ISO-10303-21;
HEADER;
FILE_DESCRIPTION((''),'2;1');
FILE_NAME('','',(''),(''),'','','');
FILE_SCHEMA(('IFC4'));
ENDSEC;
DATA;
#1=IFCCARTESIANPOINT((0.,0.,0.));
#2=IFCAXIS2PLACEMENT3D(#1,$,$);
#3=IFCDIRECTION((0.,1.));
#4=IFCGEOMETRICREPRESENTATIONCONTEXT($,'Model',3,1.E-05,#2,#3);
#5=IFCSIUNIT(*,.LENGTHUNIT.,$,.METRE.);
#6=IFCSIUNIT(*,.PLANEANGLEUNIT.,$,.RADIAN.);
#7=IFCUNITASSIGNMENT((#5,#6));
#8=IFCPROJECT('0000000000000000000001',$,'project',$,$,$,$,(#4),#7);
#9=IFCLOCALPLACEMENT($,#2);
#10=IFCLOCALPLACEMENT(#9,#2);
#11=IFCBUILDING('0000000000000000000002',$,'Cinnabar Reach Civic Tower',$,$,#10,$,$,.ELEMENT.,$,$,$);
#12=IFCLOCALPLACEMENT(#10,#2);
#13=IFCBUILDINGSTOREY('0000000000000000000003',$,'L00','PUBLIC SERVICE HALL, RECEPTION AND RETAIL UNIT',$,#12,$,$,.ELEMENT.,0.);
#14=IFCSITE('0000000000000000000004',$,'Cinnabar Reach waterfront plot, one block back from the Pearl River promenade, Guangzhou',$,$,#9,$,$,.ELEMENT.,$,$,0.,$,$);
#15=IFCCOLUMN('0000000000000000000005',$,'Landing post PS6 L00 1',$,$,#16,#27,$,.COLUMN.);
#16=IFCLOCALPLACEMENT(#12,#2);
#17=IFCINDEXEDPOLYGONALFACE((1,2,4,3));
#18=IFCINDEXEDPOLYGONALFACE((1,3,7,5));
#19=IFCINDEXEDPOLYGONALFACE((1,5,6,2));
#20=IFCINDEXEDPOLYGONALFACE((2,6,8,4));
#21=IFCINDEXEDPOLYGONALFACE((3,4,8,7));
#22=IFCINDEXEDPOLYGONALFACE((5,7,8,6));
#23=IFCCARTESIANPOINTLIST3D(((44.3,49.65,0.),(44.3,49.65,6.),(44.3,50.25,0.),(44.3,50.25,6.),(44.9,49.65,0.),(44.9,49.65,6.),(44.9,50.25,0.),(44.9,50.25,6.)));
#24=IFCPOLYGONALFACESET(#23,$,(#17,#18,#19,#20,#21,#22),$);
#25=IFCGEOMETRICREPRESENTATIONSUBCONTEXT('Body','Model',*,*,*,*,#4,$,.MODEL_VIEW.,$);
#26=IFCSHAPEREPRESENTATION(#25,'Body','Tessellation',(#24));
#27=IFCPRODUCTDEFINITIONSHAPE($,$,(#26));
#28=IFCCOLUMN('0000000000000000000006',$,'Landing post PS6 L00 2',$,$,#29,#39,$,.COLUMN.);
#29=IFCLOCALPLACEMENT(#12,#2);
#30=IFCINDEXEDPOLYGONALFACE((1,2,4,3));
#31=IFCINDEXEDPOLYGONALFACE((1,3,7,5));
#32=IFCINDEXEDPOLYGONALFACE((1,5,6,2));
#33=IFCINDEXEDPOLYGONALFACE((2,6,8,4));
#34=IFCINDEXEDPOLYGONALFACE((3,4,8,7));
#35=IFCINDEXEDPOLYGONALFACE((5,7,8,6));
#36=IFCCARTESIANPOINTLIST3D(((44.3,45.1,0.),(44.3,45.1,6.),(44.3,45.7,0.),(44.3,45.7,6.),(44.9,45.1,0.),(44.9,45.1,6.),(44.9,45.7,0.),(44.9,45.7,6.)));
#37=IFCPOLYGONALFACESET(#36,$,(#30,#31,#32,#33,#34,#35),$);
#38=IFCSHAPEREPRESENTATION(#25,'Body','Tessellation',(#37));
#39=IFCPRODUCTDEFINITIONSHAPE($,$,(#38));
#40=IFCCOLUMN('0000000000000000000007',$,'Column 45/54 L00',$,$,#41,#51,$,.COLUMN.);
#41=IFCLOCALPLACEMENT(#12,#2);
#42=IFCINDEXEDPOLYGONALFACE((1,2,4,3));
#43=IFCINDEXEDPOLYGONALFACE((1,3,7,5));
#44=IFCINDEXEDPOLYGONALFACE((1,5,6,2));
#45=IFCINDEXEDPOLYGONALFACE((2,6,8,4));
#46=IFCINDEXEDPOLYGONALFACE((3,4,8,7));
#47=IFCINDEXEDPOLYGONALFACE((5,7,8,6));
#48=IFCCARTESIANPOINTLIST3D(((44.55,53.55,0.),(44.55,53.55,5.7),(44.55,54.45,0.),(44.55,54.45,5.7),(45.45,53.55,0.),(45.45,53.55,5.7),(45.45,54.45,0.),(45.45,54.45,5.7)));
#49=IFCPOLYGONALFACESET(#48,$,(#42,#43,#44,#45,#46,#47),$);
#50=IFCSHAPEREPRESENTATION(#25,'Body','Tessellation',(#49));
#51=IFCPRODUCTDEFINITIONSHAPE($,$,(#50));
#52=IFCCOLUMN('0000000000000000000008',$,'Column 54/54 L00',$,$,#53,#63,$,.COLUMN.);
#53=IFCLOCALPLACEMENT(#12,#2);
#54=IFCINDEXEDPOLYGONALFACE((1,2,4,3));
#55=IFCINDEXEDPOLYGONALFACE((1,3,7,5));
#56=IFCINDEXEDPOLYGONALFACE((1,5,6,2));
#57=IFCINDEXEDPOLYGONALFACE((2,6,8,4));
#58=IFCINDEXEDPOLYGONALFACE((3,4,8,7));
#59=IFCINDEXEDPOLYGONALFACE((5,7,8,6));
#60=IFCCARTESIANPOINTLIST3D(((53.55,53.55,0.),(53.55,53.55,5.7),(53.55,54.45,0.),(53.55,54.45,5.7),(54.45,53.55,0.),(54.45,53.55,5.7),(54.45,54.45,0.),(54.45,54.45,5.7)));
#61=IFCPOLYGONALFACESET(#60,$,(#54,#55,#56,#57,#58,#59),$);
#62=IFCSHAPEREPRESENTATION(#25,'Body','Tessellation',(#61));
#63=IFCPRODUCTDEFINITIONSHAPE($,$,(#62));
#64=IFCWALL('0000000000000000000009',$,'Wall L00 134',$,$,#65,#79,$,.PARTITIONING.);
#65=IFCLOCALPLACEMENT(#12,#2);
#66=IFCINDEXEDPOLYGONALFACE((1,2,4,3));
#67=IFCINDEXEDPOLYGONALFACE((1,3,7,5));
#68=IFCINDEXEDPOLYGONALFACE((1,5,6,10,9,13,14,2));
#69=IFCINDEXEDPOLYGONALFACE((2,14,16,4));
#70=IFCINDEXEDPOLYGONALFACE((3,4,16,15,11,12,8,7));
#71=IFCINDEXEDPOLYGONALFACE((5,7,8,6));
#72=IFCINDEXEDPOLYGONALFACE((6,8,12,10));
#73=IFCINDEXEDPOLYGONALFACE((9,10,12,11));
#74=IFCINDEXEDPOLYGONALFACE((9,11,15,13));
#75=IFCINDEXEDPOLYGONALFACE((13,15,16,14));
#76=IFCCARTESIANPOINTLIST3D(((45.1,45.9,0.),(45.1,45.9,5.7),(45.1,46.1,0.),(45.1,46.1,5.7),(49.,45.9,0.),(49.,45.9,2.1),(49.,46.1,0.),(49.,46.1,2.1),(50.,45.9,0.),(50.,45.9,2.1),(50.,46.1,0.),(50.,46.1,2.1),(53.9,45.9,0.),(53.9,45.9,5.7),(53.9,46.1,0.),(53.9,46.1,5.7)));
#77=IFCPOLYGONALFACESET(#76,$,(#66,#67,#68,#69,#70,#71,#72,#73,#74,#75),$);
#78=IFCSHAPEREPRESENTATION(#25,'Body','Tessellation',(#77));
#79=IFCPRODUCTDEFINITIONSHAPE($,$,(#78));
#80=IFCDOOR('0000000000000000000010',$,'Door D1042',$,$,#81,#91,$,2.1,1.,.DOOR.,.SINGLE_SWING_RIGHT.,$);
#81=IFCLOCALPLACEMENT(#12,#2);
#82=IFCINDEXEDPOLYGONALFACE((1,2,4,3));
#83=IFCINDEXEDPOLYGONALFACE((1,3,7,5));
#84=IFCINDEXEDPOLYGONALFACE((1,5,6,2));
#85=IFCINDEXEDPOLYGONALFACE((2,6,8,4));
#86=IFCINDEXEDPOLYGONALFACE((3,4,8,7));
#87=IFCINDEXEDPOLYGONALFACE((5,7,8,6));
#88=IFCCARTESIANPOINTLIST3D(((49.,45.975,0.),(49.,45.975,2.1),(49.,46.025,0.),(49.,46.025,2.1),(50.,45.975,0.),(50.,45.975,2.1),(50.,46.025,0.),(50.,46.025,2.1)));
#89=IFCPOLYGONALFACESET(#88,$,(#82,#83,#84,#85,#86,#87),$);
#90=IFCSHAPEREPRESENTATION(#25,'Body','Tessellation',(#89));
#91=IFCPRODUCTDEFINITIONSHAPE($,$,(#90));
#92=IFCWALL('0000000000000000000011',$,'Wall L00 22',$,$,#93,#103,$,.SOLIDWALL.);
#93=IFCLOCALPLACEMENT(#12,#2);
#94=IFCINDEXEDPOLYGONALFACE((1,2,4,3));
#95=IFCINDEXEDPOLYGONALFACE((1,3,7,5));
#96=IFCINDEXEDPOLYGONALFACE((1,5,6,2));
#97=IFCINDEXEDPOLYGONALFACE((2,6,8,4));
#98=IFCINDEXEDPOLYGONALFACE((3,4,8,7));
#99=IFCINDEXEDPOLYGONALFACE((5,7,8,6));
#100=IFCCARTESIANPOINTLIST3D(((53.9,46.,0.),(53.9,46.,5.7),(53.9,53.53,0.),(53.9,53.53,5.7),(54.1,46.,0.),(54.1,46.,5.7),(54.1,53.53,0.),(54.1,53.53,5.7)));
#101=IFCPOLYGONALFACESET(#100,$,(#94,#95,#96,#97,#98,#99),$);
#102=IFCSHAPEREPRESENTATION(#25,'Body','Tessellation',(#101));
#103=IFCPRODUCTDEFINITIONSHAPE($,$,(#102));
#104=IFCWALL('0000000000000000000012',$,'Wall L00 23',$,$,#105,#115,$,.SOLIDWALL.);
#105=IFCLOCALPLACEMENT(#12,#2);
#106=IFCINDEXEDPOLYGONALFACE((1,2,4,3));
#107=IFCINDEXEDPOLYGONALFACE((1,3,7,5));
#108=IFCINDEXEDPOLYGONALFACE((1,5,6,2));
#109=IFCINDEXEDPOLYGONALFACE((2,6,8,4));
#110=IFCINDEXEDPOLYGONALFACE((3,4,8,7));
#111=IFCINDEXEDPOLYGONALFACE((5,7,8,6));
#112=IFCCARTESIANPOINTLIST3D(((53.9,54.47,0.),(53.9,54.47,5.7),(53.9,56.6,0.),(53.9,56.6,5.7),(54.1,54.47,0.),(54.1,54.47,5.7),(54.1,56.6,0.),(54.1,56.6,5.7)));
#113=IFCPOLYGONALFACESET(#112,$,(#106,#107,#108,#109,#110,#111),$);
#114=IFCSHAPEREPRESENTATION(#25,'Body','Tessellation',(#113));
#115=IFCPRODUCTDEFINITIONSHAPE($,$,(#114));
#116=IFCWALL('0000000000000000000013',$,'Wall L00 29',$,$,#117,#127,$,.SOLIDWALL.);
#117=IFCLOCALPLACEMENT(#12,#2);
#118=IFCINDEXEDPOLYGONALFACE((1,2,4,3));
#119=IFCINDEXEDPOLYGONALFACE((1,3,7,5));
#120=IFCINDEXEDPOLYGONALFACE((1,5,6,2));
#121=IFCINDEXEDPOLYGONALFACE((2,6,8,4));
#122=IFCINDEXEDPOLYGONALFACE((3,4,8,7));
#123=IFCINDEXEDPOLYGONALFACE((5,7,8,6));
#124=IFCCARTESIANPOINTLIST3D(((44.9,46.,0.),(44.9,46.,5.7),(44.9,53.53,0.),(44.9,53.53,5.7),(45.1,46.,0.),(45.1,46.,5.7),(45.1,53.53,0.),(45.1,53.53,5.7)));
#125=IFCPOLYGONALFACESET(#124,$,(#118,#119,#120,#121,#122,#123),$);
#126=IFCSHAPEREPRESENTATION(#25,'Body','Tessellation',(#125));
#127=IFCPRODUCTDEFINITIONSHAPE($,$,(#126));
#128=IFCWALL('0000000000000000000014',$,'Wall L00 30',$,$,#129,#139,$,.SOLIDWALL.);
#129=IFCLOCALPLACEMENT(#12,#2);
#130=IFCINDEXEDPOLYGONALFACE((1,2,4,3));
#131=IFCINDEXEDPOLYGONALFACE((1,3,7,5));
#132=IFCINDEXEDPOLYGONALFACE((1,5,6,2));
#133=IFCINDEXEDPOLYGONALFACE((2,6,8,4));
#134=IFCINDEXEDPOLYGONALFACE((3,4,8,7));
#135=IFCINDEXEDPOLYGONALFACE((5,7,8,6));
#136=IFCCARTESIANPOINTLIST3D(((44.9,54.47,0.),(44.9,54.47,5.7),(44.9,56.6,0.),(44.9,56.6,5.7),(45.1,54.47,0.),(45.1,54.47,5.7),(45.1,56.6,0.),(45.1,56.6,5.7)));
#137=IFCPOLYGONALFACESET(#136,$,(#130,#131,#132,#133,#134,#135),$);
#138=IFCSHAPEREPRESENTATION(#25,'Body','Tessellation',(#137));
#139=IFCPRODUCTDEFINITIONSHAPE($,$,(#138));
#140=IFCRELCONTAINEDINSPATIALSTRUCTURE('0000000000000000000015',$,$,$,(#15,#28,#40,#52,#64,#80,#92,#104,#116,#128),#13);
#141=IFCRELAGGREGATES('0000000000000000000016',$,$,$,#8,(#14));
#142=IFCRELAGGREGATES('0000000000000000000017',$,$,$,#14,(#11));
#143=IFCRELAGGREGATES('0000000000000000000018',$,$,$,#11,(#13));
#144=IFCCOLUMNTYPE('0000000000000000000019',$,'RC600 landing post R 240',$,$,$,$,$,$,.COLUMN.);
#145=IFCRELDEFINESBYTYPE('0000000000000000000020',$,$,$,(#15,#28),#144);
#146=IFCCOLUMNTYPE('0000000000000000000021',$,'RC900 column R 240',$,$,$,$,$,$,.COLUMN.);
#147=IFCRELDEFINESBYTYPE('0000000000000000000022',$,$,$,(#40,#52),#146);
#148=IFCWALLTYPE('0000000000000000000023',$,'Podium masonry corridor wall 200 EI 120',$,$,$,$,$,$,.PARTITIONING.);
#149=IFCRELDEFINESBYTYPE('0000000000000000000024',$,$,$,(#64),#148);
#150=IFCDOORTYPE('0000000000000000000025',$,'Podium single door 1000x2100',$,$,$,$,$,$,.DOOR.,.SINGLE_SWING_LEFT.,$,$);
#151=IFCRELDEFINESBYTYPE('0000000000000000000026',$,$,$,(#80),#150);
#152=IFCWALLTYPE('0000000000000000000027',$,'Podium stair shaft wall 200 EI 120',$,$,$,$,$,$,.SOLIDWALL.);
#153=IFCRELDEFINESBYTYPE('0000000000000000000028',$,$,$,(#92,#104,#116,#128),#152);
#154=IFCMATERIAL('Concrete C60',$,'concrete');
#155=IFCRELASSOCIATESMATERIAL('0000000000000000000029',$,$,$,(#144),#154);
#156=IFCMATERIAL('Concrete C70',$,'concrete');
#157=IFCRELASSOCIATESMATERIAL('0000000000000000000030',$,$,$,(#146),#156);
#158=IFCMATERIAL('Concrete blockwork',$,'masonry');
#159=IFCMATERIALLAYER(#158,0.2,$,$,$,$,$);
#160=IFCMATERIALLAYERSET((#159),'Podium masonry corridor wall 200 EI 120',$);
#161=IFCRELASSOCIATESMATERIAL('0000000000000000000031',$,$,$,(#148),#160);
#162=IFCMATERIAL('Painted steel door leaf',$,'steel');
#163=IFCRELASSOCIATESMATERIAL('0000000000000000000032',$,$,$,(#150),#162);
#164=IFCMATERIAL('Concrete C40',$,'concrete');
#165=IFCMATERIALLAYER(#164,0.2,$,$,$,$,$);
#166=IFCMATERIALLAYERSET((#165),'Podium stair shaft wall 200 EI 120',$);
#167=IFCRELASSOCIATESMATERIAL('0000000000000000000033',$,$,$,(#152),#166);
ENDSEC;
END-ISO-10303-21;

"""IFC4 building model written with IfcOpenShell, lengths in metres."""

from ifc_helpers import new_model, si_unit, direction, frame, frame_2d, origin, origin_2d, place, context, subcontext, project, spatial, rectangle, extrude, material, layer, layer_set, material_profile, profile_set, type_object, element, fill, save


model = new_model("IFC4")

# Units and contexts
model_context = context("Model", 3, precision=1e-05, world=origin(), true_north=direction((0.0, 1.0)))
body_context = subcontext(model_context, "Body", "Model", "MODEL_VIEW")
ifc_project = project(units=[si_unit("LENGTHUNIT", "METRE"), si_unit("PLANEANGLEUNIT", "RADIAN")], contexts=[model_context])

# Site, building, storey
site_placement = place(None, origin())
site = spatial("IfcSite", under=ifc_project, at=site_placement, Name="Cinnabar Reach waterfront plot, one block back from the Pearl River promenade, Guangzhou", CompositionType="ELEMENT", RefElevation=0.0)
building_placement = place(site_placement, origin())
building = spatial("IfcBuilding", under=site, at=building_placement, Name="Cinnabar Reach Civic Tower", CompositionType="ELEMENT")
storey_placement = place(building_placement, origin())
storey = spatial("IfcBuildingStorey", under=building, at=storey_placement, Name="L00", Description="PUBLIC SERVICE HALL, RECEPTION AND RETAIL UNIT", CompositionType="ELEMENT", Elevation=0.0)

# Columns
ifc_material_1 = material(Name="Concrete C60", Category="concrete")
ifc_material_profile_1 = material_profile(ifc_material_1, rectangle(XDim=0.6, YDim=0.6, at=origin_2d()), Name="RC600")
ifc_profile_set_1 = profile_set([ifc_material_profile_1], Name="Concrete C60")
column_type_1 = type_object("IfcColumnType", Name="RC600 landing post R 240", PredefinedType="COLUMN", material=ifc_profile_set_1)
for number, where, z_axis, x_axis, name in (
    (1, (44.6, 49.95, 0.0), (0.0, 0.0, 1.0), (1.0, 0.0, 0.0), "Landing post PS6 L00 1"),
    (2, (44.6, 45.4, 0.0), (0.0, 0.0, 1.0), (1.0, 0.0, 0.0), "Landing post PS6 L00 2"),
):
    element("IfcColumn", number, at=place(storey_placement, frame(where, z_axis=z_axis, x_axis=x_axis)), inside=storey, type_object=column_type_1, Name=name, PredefinedType="COLUMN", context=body_context, shape_type="SweptSolid", body=[
        extrude(rectangle(XDim=0.6, YDim=0.6, at=origin_2d()), origin(), (0.0, 0.0, 1.0), 6.0),
    ])
ifc_material_2 = material(Name="Concrete C70", Category="concrete")
ifc_material_profile_2 = material_profile(ifc_material_2, rectangle(XDim=0.9, YDim=0.9, at=origin_2d()), Name="RC900")
ifc_profile_set_2 = profile_set([ifc_material_profile_2], Name="Concrete C70")
column_type_2 = type_object("IfcColumnType", Name="RC900 column R 240", PredefinedType="COLUMN", material=ifc_profile_set_2)
for number, where, z_axis, x_axis, name in (
    (3, (45.0, 54.0, 0.0), (0.0, 0.0, 1.0), (1.0, 0.0, 0.0), "Column 45/54 L00"),
    (4, (54.0, 54.0, 0.0), (0.0, 0.0, 1.0), (1.0, 0.0, 0.0), "Column 54/54 L00"),
):
    element("IfcColumn", number, at=place(storey_placement, frame(where, z_axis=z_axis, x_axis=x_axis)), inside=storey, type_object=column_type_2, Name=name, PredefinedType="COLUMN", context=body_context, shape_type="SweptSolid", body=[
        extrude(rectangle(XDim=0.9, YDim=0.9, at=origin_2d()), origin(), (0.0, 0.0, 1.0), 5.7),
    ])

# Wall, opening, door
ifc_material_3 = material(Name="Concrete blockwork", Category="masonry")
ifc_layer_1 = layer(ifc_material_3, 0.2)
ifc_layer_set_1 = layer_set([ifc_layer_1], Name="Podium masonry corridor wall 200 EI 120")
wall_type_1 = type_object("IfcWallType", Name="Podium masonry corridor wall 200 EI 120", PredefinedType="PARTITIONING", material=ifc_layer_set_1)
wall_1_placement = place(storey_placement, frame((45.1, 46.0, 0.0), z_axis=(0.0, 0.0, 1.0), x_axis=(1.0, 0.0, 0.0)))
wall_1 = element("IfcWall", 5, at=wall_1_placement, inside=storey, type_object=wall_type_1, Name="Wall L00 134", PredefinedType="PARTITIONING", context=body_context, shape_type="SweptSolid", body=[
    extrude(rectangle(XDim=8.8, YDim=0.2, at=frame_2d((4.4, 0.0))), origin(), (0.0, 0.0, 1.0), 5.7),
])
opening_placement = place(wall_1_placement, frame((3.9, 0.0, 0.0)))
opening = element("IfcOpeningElement", 6, at=opening_placement, cuts=wall_1, PredefinedType="OPENING", context=body_context, shape_type="SweptSolid", body=[
    extrude(rectangle(XDim=1.0, YDim=2.1, at=frame_2d((0.5, 1.05))), frame((0.0, 0.11, 0.0), z_axis=(0.0, -1.0, 0.0), x_axis=(1.0, 0.0, 0.0)), (0.0, 0.0, 1.0), 0.22),
])
ifc_material_4 = material(Name="Painted steel door leaf", Category="steel")
door_type = type_object("IfcDoorType", Name="Podium single door 1000x2100", OperationType="SINGLE_SWING_LEFT", PredefinedType="DOOR", material=ifc_material_4)
door_placement = place(opening_placement, origin())
door = element("IfcDoor", 7, at=door_placement, inside=storey, type_object=door_type, Name="Door D1042", OperationType="SINGLE_SWING_RIGHT", OverallHeight=2.1, OverallWidth=1.0, PredefinedType="DOOR", context=body_context, shape_type="SweptSolid", body=[
    extrude(rectangle(XDim=1.0, YDim=2.1, at=frame_2d((0.5, 1.05))), frame((0.0, 0.025, 0.0), z_axis=(0.0, -1.0, 0.0), x_axis=(1.0, 0.0, 0.0)), (0.0, 0.0, 1.0), 0.05),
])
fill(opening, door)

# Walls
ifc_material_5 = material(Name="Concrete C40", Category="concrete")
ifc_layer_2 = layer(ifc_material_5, 0.2)
ifc_layer_set_2 = layer_set([ifc_layer_2], Name="Podium stair shaft wall 200 EI 120")
wall_type_2 = type_object("IfcWallType", Name="Podium stair shaft wall 200 EI 120", PredefinedType="SOLIDWALL", material=ifc_layer_set_2)
wall_2_placement = place(storey_placement, frame((54.0, 46.0, 0.0), z_axis=(0.0, 0.0, 1.0), x_axis=(0.0, 1.0, 0.0)))
element("IfcWall", 8, at=wall_2_placement, inside=storey, type_object=wall_type_2, Name="Wall L00 22", PredefinedType="SOLIDWALL", context=body_context, shape_type="SweptSolid", body=[
    extrude(rectangle(XDim=7.53, YDim=0.2, at=frame_2d((3.765, 0.0))), origin(), (0.0, 0.0, 1.0), 5.7),
])
wall_3_placement = place(storey_placement, frame((54.0, 54.47, 0.0), z_axis=(0.0, 0.0, 1.0), x_axis=(0.0, 1.0, 0.0)))
element("IfcWall", 9, at=wall_3_placement, inside=storey, type_object=wall_type_2, Name="Wall L00 23", PredefinedType="SOLIDWALL", context=body_context, shape_type="SweptSolid", body=[
    extrude(rectangle(XDim=2.13, YDim=0.2, at=frame_2d((1.065, 0.0))), origin(), (0.0, 0.0, 1.0), 5.7),
])
wall_4_placement = place(storey_placement, frame((45.0, 46.0, 0.0), z_axis=(0.0, 0.0, 1.0), x_axis=(0.0, 1.0, 0.0)))
element("IfcWall", 10, at=wall_4_placement, inside=storey, type_object=wall_type_2, Name="Wall L00 29", PredefinedType="SOLIDWALL", context=body_context, shape_type="SweptSolid", body=[
    extrude(rectangle(XDim=7.53, YDim=0.2, at=frame_2d((3.765, 0.0))), origin(), (0.0, 0.0, 1.0), 5.7),
])
wall_5_placement = place(storey_placement, frame((45.0, 54.47, 0.0), z_axis=(0.0, 0.0, 1.0), x_axis=(0.0, 1.0, 0.0)))
element("IfcWall", 11, at=wall_5_placement, inside=storey, type_object=wall_type_2, Name="Wall L00 30", PredefinedType="SOLIDWALL", context=body_context, shape_type="SweptSolid", body=[
    extrude(rectangle(XDim=2.13, YDim=0.2, at=frame_2d((1.065, 0.0))), origin(), (0.0, 0.0, 1.0), 5.7),
])

save(model, "model.ifc")
